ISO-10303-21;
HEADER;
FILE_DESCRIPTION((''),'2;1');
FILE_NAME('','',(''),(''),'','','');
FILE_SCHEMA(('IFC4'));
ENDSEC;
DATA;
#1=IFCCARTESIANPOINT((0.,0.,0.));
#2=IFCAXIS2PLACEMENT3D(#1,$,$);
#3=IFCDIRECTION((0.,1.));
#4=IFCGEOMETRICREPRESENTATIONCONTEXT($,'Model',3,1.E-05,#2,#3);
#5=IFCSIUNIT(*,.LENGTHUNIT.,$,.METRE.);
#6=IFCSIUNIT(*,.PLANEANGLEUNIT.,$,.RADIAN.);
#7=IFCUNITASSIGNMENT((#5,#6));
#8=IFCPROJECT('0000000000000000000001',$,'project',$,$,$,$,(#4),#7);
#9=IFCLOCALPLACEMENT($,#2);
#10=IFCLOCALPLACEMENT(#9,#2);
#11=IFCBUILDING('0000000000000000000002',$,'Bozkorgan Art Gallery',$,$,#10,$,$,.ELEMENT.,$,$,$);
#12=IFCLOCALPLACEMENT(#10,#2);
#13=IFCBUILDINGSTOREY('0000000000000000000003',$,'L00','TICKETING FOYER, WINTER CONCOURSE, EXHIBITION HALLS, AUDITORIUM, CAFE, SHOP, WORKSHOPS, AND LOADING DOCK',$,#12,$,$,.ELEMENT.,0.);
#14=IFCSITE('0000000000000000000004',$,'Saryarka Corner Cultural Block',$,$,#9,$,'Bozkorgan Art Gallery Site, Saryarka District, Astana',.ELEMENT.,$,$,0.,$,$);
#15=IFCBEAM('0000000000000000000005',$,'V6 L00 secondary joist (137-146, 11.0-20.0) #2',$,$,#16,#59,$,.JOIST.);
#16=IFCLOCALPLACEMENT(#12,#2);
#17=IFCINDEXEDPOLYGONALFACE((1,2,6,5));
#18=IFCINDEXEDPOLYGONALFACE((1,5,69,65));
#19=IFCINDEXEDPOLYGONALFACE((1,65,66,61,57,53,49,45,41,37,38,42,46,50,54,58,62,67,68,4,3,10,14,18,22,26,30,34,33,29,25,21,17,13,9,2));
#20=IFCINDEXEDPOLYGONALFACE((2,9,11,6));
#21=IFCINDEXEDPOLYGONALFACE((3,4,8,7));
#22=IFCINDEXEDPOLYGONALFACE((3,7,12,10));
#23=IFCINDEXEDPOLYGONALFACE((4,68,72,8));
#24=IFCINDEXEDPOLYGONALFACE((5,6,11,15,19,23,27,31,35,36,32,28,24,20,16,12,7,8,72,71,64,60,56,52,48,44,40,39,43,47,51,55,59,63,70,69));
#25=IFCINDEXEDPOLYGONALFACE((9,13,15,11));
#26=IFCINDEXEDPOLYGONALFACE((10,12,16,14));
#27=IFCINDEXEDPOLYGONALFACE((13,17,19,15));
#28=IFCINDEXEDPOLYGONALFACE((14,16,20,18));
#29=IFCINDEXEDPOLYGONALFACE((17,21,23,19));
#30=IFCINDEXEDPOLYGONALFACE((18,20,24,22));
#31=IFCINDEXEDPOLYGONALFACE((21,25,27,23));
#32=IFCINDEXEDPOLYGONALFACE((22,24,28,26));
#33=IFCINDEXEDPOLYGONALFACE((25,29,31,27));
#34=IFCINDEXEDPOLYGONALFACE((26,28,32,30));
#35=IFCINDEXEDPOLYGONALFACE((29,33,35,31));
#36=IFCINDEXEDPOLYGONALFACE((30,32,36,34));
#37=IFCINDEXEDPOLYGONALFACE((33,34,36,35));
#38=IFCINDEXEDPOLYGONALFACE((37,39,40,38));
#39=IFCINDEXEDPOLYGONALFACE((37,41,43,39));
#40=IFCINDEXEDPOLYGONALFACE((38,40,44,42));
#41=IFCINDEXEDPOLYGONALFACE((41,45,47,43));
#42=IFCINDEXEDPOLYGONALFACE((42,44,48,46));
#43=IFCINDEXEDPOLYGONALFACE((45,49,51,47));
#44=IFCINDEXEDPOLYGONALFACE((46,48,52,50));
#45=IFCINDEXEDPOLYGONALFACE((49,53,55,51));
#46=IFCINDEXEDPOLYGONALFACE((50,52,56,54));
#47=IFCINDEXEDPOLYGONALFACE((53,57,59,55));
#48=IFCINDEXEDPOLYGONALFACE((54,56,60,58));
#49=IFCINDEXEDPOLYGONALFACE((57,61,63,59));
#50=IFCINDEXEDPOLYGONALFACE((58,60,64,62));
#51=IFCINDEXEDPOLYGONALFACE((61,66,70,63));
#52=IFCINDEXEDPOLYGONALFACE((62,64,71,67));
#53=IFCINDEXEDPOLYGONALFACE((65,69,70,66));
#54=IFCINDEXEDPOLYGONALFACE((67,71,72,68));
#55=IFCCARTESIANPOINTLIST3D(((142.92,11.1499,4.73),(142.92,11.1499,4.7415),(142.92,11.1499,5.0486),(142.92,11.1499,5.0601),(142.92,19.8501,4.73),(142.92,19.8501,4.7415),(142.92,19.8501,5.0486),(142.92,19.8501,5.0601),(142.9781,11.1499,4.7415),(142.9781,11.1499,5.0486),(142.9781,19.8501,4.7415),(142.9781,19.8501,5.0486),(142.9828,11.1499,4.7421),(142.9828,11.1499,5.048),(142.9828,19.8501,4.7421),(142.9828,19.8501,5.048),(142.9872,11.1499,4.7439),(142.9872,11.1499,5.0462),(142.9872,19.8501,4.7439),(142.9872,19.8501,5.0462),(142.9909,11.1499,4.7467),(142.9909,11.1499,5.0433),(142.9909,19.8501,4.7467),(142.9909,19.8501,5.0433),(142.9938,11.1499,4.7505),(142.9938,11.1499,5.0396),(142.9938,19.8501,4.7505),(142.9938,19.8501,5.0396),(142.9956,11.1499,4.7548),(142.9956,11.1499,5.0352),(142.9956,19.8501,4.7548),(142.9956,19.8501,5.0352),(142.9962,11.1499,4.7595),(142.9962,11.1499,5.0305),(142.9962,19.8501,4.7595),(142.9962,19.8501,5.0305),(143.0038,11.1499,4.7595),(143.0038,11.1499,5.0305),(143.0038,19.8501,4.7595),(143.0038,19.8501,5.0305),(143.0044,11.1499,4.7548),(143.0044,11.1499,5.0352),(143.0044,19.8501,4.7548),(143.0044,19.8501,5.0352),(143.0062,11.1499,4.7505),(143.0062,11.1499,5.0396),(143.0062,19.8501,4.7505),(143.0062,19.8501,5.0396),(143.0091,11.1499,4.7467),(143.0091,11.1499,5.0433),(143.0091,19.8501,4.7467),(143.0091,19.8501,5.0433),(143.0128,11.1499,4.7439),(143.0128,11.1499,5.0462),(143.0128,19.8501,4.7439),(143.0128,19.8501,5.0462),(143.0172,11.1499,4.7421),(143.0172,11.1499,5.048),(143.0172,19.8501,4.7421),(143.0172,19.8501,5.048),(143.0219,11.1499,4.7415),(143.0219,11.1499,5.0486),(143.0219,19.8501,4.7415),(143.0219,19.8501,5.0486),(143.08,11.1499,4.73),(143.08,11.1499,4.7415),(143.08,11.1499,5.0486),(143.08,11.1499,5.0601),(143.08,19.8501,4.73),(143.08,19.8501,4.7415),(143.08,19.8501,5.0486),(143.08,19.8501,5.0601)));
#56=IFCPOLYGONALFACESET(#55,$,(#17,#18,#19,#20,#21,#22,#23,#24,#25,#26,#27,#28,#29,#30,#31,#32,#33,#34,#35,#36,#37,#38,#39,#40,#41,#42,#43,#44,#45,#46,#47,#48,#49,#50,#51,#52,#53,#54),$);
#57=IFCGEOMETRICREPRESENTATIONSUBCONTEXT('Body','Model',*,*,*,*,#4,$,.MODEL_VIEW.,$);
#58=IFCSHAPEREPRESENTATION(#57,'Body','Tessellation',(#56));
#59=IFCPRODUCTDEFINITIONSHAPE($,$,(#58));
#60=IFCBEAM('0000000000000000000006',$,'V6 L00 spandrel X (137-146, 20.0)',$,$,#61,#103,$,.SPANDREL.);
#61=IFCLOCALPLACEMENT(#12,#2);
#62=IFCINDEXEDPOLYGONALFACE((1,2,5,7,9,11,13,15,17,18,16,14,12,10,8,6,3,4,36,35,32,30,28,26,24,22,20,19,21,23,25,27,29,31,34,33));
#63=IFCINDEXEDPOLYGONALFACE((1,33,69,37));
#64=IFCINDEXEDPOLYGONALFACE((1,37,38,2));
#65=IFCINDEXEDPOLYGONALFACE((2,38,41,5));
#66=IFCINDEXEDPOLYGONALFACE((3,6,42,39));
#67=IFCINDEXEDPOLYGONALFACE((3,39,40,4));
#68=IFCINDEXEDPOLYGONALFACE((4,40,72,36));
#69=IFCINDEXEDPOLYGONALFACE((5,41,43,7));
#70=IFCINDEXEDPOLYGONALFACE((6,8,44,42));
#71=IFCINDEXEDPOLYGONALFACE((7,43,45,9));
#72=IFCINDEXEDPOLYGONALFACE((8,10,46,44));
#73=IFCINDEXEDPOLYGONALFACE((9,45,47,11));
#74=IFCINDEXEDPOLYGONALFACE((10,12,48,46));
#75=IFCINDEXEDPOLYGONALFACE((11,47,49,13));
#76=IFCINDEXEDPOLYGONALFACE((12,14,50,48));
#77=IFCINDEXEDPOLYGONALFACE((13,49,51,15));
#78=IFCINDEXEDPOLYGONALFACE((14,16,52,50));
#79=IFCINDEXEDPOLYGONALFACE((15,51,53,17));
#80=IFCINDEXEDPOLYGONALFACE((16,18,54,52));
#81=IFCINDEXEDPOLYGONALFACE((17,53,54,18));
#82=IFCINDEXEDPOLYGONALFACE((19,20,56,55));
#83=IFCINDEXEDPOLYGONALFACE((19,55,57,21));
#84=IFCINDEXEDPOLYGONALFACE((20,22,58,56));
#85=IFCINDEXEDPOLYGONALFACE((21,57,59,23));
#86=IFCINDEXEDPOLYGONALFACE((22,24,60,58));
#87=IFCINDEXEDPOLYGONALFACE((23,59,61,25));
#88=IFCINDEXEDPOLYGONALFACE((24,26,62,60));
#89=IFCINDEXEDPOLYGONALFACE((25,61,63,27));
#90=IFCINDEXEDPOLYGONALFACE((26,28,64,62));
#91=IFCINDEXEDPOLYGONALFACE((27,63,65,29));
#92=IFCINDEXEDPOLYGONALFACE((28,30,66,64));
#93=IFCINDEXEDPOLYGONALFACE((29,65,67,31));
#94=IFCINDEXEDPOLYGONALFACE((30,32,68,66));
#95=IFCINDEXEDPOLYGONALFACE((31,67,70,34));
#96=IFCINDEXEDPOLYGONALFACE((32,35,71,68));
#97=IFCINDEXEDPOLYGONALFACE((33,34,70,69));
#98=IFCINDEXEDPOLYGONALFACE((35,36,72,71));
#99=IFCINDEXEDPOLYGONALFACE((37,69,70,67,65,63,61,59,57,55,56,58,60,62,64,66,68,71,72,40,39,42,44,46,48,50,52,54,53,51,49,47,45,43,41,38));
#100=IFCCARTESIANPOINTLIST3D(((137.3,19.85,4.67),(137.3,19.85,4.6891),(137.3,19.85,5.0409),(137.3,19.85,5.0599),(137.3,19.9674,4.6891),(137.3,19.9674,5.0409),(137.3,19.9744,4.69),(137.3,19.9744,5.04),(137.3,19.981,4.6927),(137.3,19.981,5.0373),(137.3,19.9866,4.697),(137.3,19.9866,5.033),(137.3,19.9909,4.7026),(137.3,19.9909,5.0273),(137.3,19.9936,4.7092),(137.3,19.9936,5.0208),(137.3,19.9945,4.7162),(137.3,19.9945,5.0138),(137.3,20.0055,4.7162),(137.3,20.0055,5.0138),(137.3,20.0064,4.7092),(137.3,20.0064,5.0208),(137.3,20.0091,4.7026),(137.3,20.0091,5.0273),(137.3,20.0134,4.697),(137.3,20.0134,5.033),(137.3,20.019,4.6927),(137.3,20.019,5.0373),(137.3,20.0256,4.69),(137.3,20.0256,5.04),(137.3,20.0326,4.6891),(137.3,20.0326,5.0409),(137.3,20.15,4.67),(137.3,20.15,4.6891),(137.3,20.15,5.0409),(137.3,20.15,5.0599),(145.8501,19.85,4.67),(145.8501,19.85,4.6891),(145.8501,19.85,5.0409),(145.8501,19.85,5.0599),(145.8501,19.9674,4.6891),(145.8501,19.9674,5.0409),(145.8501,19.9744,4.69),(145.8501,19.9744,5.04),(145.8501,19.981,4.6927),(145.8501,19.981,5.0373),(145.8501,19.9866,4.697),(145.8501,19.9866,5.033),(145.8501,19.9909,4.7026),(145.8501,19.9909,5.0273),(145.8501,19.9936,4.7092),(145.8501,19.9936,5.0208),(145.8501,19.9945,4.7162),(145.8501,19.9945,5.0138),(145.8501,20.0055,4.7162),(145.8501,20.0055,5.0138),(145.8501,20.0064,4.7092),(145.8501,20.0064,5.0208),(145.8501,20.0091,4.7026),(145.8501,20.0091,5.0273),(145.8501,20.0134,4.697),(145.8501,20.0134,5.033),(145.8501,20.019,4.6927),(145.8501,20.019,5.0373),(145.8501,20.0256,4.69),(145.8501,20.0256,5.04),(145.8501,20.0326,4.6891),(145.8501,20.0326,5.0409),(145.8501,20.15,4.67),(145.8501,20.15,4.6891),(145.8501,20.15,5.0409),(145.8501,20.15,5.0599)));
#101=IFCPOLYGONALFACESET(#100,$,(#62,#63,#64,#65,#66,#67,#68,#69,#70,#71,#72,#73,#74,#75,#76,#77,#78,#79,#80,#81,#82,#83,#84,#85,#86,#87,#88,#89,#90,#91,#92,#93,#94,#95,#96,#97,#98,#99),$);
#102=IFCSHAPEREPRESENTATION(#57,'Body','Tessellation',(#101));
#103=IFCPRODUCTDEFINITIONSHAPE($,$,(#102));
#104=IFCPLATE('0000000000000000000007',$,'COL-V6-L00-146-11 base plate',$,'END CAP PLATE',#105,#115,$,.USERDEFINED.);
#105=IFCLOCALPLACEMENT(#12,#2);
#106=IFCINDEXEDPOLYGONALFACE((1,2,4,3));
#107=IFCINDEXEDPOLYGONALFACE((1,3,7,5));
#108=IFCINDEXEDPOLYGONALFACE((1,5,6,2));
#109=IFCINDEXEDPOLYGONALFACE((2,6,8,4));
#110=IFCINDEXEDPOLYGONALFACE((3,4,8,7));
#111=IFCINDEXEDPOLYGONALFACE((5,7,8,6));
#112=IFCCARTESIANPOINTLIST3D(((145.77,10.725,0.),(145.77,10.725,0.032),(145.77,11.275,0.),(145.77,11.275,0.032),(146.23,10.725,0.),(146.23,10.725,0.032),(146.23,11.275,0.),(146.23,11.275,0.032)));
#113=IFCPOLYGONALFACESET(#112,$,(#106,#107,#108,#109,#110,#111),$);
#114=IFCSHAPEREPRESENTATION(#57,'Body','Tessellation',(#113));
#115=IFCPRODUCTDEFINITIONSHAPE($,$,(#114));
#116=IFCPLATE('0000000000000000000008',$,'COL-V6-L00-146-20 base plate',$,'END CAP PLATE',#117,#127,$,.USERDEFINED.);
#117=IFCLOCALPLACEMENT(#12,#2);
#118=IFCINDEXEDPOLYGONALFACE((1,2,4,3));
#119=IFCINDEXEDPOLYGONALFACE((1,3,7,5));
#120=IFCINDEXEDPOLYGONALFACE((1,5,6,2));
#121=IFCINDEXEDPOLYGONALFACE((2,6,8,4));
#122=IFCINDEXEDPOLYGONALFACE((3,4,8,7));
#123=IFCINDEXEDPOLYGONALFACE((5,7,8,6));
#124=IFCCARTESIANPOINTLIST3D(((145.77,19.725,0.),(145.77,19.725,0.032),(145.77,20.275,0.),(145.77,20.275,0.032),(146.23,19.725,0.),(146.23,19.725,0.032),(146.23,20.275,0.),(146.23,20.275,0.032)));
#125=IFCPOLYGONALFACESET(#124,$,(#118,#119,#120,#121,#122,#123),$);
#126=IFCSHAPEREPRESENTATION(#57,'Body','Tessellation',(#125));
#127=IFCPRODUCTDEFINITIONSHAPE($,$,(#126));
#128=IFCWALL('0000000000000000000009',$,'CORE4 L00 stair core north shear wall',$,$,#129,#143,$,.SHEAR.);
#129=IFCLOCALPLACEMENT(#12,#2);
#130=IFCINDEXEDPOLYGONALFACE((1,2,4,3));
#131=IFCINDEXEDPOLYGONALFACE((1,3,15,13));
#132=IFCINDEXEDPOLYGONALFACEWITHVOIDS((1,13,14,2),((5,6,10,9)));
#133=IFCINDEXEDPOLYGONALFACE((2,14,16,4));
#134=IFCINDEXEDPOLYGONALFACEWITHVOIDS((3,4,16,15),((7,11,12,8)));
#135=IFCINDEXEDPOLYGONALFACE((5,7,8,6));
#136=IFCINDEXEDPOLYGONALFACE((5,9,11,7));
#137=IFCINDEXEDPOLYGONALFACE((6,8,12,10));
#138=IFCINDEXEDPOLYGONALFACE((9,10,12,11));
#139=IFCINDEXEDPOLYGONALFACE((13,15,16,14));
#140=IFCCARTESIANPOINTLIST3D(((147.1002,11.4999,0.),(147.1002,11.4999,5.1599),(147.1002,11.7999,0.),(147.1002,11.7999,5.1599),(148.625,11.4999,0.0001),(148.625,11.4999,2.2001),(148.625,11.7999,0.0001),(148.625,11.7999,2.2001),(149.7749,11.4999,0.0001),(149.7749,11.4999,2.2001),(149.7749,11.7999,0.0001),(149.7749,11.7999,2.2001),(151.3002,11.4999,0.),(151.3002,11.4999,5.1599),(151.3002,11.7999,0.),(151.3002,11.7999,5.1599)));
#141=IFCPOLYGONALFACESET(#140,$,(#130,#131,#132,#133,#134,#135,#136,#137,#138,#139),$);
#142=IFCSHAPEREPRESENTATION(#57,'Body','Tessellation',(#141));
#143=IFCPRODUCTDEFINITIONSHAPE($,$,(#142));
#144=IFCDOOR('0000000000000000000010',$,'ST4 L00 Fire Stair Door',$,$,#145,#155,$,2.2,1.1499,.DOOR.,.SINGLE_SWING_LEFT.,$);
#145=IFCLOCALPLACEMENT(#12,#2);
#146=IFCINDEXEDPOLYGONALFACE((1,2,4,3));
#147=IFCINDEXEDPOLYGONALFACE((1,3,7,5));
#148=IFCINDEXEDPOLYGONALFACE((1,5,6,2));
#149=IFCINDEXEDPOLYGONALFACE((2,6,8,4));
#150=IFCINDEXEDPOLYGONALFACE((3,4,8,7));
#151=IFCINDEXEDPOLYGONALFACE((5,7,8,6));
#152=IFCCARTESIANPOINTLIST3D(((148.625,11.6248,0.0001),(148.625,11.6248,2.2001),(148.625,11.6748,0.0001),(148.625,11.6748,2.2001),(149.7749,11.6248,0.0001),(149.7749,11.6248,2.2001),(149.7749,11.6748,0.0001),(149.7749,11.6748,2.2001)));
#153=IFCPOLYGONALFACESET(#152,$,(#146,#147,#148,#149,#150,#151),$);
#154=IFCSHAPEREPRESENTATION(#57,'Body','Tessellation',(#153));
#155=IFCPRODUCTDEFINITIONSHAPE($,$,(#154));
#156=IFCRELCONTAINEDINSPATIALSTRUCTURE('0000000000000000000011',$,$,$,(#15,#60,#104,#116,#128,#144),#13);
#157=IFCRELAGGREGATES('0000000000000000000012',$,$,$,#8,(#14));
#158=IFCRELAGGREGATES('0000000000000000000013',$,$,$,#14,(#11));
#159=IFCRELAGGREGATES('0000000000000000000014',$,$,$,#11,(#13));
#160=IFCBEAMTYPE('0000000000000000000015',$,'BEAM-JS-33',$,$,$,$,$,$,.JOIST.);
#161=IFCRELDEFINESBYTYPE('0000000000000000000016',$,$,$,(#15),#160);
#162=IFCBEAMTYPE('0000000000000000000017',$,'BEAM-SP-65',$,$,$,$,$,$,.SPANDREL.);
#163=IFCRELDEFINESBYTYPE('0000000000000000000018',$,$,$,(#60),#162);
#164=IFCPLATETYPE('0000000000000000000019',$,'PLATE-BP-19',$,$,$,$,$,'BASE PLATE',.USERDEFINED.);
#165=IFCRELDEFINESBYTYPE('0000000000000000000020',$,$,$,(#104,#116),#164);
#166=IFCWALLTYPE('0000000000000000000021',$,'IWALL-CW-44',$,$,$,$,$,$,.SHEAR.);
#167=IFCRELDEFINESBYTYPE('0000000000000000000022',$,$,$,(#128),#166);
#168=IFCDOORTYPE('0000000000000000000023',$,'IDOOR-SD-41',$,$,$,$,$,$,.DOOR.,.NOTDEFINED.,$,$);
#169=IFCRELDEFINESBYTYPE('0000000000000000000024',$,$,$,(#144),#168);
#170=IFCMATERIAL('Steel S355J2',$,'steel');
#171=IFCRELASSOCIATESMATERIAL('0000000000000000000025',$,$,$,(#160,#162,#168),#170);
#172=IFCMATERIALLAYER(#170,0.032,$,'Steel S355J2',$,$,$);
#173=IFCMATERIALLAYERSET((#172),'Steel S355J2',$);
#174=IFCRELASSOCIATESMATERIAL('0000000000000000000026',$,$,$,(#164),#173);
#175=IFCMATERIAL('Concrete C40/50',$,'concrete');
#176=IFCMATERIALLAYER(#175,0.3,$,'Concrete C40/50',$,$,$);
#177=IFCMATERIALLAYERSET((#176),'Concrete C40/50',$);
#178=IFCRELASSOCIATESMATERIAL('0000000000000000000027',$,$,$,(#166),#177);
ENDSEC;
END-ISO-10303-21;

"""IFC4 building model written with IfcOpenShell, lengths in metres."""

from ifc_helpers import new_model, si_unit, direction, frame, frame_2d, origin, origin_2d, place, context, subcontext, project, spatial, rectangle, i_section, extrude, material, layer, layer_set, material_profile, profile_set, type_object, element, fill, save


model = new_model("IFC4")

# Units and contexts
model_context = context("Model", 3, precision=1e-05, world=origin(), true_north=direction((0.0, 1.0)))
body_context = subcontext(model_context, "Body", "Model", "MODEL_VIEW")
ifc_project = project(units=[si_unit("LENGTHUNIT", "METRE"), si_unit("PLANEANGLEUNIT", "RADIAN")], contexts=[model_context])

# Site, building, storey
site_placement = place(None, origin())
site = spatial("IfcSite", under=ifc_project, at=site_placement, Name="Saryarka Corner Cultural Block", LongName="Bozkorgan Art Gallery Site, Saryarka District, Astana", CompositionType="ELEMENT", RefElevation=0.0)
building_placement = place(site_placement, origin())
building = spatial("IfcBuilding", under=site, at=building_placement, Name="Bozkorgan Art Gallery", CompositionType="ELEMENT")
storey_placement = place(building_placement, origin())
storey = spatial("IfcBuildingStorey", under=building, at=storey_placement, Name="L00", Description="TICKETING FOYER, WINTER CONCOURSE, EXHIBITION HALLS, AUDITORIUM, CAFE, SHOP, WORKSHOPS, AND LOADING DOCK", CompositionType="ELEMENT", Elevation=0.0)

# Shared definitions
ifc_material_1 = material(Name="Steel S355J2", Category="steel")

# Beams
ifc_material_profile_1 = material_profile(ifc_material_1, i_section(OverallWidth=0.1599, OverallDepth=0.3301, WebThickness=0.0076, FlangeThickness=0.0115, FilletRadius=0.0181, at=origin_2d()), Name="IPE 330")
ifc_profile_set_1 = profile_set([ifc_material_profile_1], Name="Steel S355J2")
beam_type_1 = type_object("IfcBeamType", Name="BEAM-JS-33", PredefinedType="JOIST", material=ifc_profile_set_1)
for number, where, z_axis, x_axis, name in (
    (1, (143.0, 11.1499, 4.895), (0.0, 1.0, 0.0), (-1.0, 0.0, 0.0), "V6 L00 secondary joist (137-146, 11.0-20.0) #2"),
):
    element("IfcBeam", number, at=place(storey_placement, frame(where, z_axis=z_axis, x_axis=x_axis)), inside=storey, type_object=beam_type_1, Name=name, PredefinedType="JOIST", context=body_context, shape_type="SweptSolid", body=[
        extrude(i_section(OverallWidth=0.1599, OverallDepth=0.3301, WebThickness=0.0076, FlangeThickness=0.0115, FilletRadius=0.0181, at=origin_2d()), origin(), (0.0, 0.0, 1.0), 8.7002),
    ])
ifc_material_profile_2 = material_profile(ifc_material_1, i_section(OverallWidth=0.3, OverallDepth=0.3899, WebThickness=0.011, FlangeThickness=0.019, FilletRadius=0.0271, at=origin_2d()), Name="HEA 400")
ifc_profile_set_2 = profile_set([ifc_material_profile_2], Name="Steel S355J2")
beam_type_2 = type_object("IfcBeamType", Name="BEAM-SP-65", PredefinedType="SPANDREL", material=ifc_profile_set_2)
beam_1_placement = place(storey_placement, frame((137.3, 20.0, 4.865), z_axis=(1.0, 0.0, 0.0), x_axis=(0.0, 1.0, 0.0)))
element("IfcBeam", 2, at=beam_1_placement, inside=storey, type_object=beam_type_2, Name="V6 L00 spandrel X (137-146, 20.0)", PredefinedType="SPANDREL", context=body_context, shape_type="SweptSolid", body=[
    extrude(i_section(OverallWidth=0.3, OverallDepth=0.3899, WebThickness=0.011, FlangeThickness=0.019, FilletRadius=0.0271, at=origin_2d()), origin(), (0.0, 0.0, 1.0), 8.55),
])

# Plates
ifc_layer_1 = layer(ifc_material_1, 0.032, Name="Steel S355J2")
ifc_layer_set_1 = layer_set([ifc_layer_1], Name="Steel S355J2")
plate_type = type_object("IfcPlateType", Name="PLATE-BP-19", ElementType="BASE PLATE", PredefinedType="USERDEFINED", material=ifc_layer_set_1)
for number, where, z_axis, x_axis, name in (
    (3, (146.0, 11.0, 0.0), (0.0, 0.0, 1.0), (1.0, 0.0, 0.0), "COL-V6-L00-146-11 base plate"),
    (4, (146.0, 20.0, 0.0), (0.0, 0.0, 1.0), (1.0, 0.0, 0.0), "COL-V6-L00-146-20 base plate"),
):
    element("IfcPlate", number, at=place(storey_placement, frame(where, z_axis=z_axis, x_axis=x_axis)), inside=storey, type_object=plate_type, Name=name, ObjectType="END CAP PLATE", PredefinedType="USERDEFINED", context=body_context, shape_type="SweptSolid", body=[
        extrude(rectangle(XDim=0.46, YDim=0.55, at=origin_2d()), origin(), (0.0, 0.0, 1.0), 0.032),
    ])

# Wall, opening, door
ifc_material_2 = material(Name="Concrete C40/50", Category="concrete")
ifc_layer_2 = layer(ifc_material_2, 0.3, Name="Concrete C40/50")
ifc_layer_set_2 = layer_set([ifc_layer_2], Name="Concrete C40/50")
wall_type_1 = type_object("IfcWallType", Name="IWALL-CW-44", PredefinedType="SHEAR", material=ifc_layer_set_2)
wall_1_placement = place(storey_placement, frame((147.1001, 11.6499, 0.0), z_axis=(0.0, 0.0, 1.0), x_axis=(1.0, 0.0, 0.0)))
wall_1 = element("IfcWall", 5, at=wall_1_placement, inside=storey, type_object=wall_type_1, Name="CORE4 L00 stair core north shear wall", PredefinedType="SHEAR", context=body_context, shape_type="SweptSolid", body=[
    extrude(rectangle(XDim=4.2, YDim=0.3, at=frame_2d((2.1001, 0.0))), origin(), (0.0, 0.0, 1.0), 5.1599),
])
opening_1_placement = place(wall_1_placement, frame((1.5249, 0.0, 0.0)))
opening_1 = element("IfcOpeningElement", 6, at=opening_1_placement, cuts=wall_1, PredefinedType="OPENING", context=body_context, shape_type="SweptSolid", body=[
    extrude(rectangle(XDim=1.1499, YDim=2.2, at=frame_2d((0.575, 1.1001))), frame((0.0, 0.1602, 0.0), z_axis=(0.0, -1.0, 0.0), x_axis=(1.0, 0.0, 0.0)), (0.0, 0.0, 1.0), 0.3201),
])
door_type_1 = type_object("IfcDoorType", Name="IDOOR-SD-41", OperationType="NOTDEFINED", PredefinedType="DOOR", material=ifc_material_1)
door_1_placement = place(opening_1_placement, origin())
door_1 = element("IfcDoor", 7, at=door_1_placement, inside=storey, type_object=door_type_1, Name="ST4 L00 Fire Stair Door", OperationType="SINGLE_SWING_LEFT", OverallHeight=2.2, OverallWidth=1.1499, PredefinedType="DOOR", context=body_context, shape_type="SweptSolid", body=[
    extrude(rectangle(XDim=1.1499, YDim=2.2, at=frame_2d((0.575, 1.1001))), frame((0.0, 0.0249, 0.0), z_axis=(0.0, -1.0, 0.0), x_axis=(1.0, 0.0, 0.0)), (0.0, 0.0, 1.0), 0.05),
])
fill(opening_1, door_1)

save(model, "model.ifc")
